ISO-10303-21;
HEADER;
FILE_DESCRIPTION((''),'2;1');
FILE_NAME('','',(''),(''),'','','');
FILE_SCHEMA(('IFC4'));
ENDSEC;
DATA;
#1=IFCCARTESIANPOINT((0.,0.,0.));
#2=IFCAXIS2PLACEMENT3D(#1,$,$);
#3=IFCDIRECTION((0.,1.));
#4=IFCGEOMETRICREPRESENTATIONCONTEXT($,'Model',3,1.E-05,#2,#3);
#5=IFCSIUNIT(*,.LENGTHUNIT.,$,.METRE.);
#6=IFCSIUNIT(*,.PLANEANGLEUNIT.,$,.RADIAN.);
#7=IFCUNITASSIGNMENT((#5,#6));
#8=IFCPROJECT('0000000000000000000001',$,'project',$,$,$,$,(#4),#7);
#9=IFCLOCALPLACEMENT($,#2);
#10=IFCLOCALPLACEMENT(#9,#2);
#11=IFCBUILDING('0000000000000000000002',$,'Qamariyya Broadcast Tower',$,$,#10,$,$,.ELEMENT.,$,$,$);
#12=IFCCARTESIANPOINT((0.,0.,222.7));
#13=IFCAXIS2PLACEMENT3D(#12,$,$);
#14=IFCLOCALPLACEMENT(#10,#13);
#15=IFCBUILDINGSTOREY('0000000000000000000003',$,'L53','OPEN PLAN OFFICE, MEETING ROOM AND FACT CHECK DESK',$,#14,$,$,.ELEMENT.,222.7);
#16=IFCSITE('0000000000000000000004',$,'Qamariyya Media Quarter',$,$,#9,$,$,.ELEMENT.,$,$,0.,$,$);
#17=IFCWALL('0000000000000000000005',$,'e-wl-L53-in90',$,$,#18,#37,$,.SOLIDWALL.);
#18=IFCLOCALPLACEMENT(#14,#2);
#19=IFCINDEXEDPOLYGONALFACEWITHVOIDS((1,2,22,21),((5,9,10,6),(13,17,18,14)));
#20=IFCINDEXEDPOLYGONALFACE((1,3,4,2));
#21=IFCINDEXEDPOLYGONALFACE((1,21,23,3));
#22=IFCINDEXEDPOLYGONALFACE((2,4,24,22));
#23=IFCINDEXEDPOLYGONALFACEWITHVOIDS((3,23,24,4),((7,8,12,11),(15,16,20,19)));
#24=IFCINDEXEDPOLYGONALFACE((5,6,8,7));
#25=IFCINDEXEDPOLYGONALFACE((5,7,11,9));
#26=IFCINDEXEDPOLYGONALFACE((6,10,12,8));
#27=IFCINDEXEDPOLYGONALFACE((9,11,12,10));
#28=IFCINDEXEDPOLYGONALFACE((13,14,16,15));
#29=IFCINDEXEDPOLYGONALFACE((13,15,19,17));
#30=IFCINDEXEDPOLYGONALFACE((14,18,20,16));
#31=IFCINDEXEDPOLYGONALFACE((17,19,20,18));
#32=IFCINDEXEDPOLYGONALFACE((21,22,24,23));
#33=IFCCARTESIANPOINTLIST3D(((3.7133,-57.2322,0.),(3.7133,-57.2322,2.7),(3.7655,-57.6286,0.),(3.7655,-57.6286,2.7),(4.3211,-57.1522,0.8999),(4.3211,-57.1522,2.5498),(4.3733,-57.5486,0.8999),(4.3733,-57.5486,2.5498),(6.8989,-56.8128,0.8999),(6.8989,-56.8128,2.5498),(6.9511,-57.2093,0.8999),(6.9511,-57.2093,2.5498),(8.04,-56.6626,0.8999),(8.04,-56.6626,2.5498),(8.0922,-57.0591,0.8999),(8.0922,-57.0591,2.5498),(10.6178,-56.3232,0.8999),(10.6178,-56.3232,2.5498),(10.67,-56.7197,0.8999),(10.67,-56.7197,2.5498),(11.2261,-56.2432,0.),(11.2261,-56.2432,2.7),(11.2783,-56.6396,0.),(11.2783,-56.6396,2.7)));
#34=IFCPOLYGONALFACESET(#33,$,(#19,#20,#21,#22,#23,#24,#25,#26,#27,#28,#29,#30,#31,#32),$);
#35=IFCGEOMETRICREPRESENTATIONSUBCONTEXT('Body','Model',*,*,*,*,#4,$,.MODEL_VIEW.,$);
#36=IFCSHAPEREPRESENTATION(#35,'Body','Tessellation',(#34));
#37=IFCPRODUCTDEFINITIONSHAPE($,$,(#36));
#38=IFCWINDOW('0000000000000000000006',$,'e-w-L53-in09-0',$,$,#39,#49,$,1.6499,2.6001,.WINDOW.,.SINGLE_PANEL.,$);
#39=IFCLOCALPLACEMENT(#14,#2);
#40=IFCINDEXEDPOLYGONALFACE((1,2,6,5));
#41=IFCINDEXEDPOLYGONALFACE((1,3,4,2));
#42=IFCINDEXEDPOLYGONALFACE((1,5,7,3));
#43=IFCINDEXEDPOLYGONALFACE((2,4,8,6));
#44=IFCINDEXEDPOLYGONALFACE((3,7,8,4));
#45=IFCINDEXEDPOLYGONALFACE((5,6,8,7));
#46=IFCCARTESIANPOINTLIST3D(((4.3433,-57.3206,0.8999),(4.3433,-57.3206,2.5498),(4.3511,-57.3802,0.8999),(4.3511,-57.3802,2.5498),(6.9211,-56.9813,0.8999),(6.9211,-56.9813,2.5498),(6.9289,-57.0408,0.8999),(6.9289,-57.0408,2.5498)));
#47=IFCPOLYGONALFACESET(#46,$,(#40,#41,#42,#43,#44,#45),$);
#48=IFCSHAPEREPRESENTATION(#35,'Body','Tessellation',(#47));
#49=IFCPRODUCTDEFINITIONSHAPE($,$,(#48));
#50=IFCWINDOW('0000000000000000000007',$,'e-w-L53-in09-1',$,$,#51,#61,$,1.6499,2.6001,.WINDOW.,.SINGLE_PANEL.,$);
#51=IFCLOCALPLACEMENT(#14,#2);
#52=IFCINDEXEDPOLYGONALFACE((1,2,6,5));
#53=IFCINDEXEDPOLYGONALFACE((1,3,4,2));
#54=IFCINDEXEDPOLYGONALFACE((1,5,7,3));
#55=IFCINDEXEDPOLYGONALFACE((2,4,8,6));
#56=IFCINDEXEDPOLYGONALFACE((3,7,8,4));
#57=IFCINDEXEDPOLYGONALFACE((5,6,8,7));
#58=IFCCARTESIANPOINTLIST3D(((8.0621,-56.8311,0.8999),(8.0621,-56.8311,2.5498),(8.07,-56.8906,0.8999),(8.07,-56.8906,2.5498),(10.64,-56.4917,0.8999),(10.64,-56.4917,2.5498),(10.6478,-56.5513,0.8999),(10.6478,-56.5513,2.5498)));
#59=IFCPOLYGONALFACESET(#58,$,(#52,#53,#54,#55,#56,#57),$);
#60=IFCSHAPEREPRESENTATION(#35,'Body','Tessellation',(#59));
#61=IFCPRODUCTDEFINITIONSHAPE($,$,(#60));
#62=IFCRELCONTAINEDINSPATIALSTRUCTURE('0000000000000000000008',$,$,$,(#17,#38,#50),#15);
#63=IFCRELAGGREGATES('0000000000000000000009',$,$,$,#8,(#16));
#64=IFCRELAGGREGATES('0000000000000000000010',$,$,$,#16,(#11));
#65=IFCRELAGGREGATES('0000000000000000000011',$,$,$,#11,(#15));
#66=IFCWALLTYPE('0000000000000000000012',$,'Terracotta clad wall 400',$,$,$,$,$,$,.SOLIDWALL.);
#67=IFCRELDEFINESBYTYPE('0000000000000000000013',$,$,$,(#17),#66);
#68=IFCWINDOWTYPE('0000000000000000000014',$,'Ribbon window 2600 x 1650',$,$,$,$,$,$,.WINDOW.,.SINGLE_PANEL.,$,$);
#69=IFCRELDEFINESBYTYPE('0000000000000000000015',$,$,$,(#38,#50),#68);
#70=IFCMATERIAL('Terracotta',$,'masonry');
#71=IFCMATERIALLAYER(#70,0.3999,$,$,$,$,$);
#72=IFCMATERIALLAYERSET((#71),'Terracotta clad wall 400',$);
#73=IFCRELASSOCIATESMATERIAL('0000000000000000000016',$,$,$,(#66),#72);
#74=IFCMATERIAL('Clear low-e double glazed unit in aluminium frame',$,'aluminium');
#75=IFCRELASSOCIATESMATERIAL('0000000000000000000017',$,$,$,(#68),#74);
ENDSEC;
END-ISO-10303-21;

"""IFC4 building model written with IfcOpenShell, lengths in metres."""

from ifc_helpers import new_model, si_unit, direction, frame, frame_2d, origin, place, context, subcontext, project, spatial, rectangle, extrude, material, layer, layer_set, type_object, element, fill, save


model = new_model("IFC4")

# Units and contexts
model_context = context("Model", 3, precision=1e-05, world=origin(), true_north=direction((0.0, 1.0)))
body_context = subcontext(model_context, "Body", "Model", "MODEL_VIEW")
ifc_project = project(units=[si_unit("LENGTHUNIT", "METRE"), si_unit("PLANEANGLEUNIT", "RADIAN")], contexts=[model_context])

# Site, building, storey
site_placement = place(None, origin())
site = spatial("IfcSite", under=ifc_project, at=site_placement, Name="Qamariyya Media Quarter", CompositionType="ELEMENT", RefElevation=0.0)
building_placement = place(site_placement, origin())
building = spatial("IfcBuilding", under=site, at=building_placement, Name="Qamariyya Broadcast Tower", CompositionType="ELEMENT")
storey_placement = place(building_placement, frame((0.0, 0.0, 222.7)))
storey = spatial("IfcBuildingStorey", under=building, at=storey_placement, Name="L53", Description="OPEN PLAN OFFICE, MEETING ROOM AND FACT CHECK DESK", CompositionType="ELEMENT", Elevation=222.7)

# Wall, openings, windows
ifc_material_1 = material(Name="Terracotta", Category="masonry")
ifc_layer_1 = layer(ifc_material_1, 0.3999)
ifc_layer_set_1 = layer_set([ifc_layer_1], Name="Terracotta clad wall 400")
wall_type_1 = type_object("IfcWallType", Name="Terracotta clad wall 400", PredefinedType="SOLIDWALL", material=ifc_layer_set_1)
ifc_material_2 = material(Name="Clear low-e double glazed unit in aluminium frame", Category="aluminium")
window_type = type_object("IfcWindowType", Name="Ribbon window 2600 x 1650", PartitioningType="SINGLE_PANEL", PredefinedType="WINDOW", material=ifc_material_2)
wall_1_placement = place(storey_placement, frame((11.2522, -56.4414, 0.0), z_axis=(0.0, 0.0, 1.0), x_axis=(-0.991446, -0.130515, 0.0)))
wall_1 = element("IfcWall", 1, at=wall_1_placement, inside=storey, type_object=wall_type_1, Name="e-wl-L53-in90", PredefinedType="SOLIDWALL", context=body_context, shape_type="SweptSolid", body=[
    extrude(rectangle(XDim=7.5776, YDim=0.3999, at=frame_2d((3.7888, 0.0))), origin(), (0.0, 0.0, 1.0), 2.7),
])
opening_1_placement = place(wall_1_placement, frame((4.3645, 0.0, 0.8999)))
opening_1 = element("IfcOpeningElement", 2, at=opening_1_placement, cuts=wall_1, PredefinedType="OPENING", context=body_context, shape_type="SweptSolid", body=[
    extrude(rectangle(XDim=2.6001, YDim=1.6499, at=frame_2d((1.3, 0.825))), frame((0.0, 0.21, 0.0), z_axis=(0.0, -1.0, 0.0), x_axis=(1.0, 0.0, 0.0)), (0.0, 0.0, 1.0), 0.4199),
])
opening_2_placement = place(wall_1_placement, frame((0.6135, 0.0, 0.8999)))
opening_2 = element("IfcOpeningElement", 3, at=opening_2_placement, cuts=wall_1, PredefinedType="OPENING", context=body_context, shape_type="SweptSolid", body=[
    extrude(rectangle(XDim=2.6001, YDim=1.6499, at=frame_2d((1.3, 0.825))), frame((0.0, 0.21, 0.0), z_axis=(0.0, -1.0, 0.0), x_axis=(1.0, 0.0, 0.0)), (0.0, 0.0, 1.0), 0.4199),
])
window_1_placement = place(opening_1_placement, origin())
window_1 = element("IfcWindow", 4, at=window_1_placement, inside=storey, type_object=window_type, Name="e-w-L53-in09-0", OverallHeight=1.6499, OverallWidth=2.6001, PartitioningType="SINGLE_PANEL", PredefinedType="WINDOW", context=body_context, shape_type="SweptSolid", body=[
    extrude(rectangle(XDim=2.6001, YDim=1.6499, at=frame_2d((1.3, 0.825))), frame((0.0, 0.03, 0.0), z_axis=(0.0, -1.0, 0.0), x_axis=(1.0, 0.0, 0.0)), (0.0, 0.0, 1.0), 0.0601),
])
fill(opening_1, window_1)
window_2_placement = place(opening_2_placement, origin())
window_2 = element("IfcWindow", 5, at=window_2_placement, inside=storey, type_object=window_type, Name="e-w-L53-in09-1", OverallHeight=1.6499, OverallWidth=2.6001, PartitioningType="SINGLE_PANEL", PredefinedType="WINDOW", context=body_context, shape_type="SweptSolid", body=[
    extrude(rectangle(XDim=2.6001, YDim=1.6499, at=frame_2d((1.3, 0.825))), frame((0.0, 0.03, 0.0), z_axis=(0.0, -1.0, 0.0), x_axis=(1.0, 0.0, 0.0)), (0.0, 0.0, 1.0), 0.0601),
])
fill(opening_2, window_2)

save(model, "model.ifc")
